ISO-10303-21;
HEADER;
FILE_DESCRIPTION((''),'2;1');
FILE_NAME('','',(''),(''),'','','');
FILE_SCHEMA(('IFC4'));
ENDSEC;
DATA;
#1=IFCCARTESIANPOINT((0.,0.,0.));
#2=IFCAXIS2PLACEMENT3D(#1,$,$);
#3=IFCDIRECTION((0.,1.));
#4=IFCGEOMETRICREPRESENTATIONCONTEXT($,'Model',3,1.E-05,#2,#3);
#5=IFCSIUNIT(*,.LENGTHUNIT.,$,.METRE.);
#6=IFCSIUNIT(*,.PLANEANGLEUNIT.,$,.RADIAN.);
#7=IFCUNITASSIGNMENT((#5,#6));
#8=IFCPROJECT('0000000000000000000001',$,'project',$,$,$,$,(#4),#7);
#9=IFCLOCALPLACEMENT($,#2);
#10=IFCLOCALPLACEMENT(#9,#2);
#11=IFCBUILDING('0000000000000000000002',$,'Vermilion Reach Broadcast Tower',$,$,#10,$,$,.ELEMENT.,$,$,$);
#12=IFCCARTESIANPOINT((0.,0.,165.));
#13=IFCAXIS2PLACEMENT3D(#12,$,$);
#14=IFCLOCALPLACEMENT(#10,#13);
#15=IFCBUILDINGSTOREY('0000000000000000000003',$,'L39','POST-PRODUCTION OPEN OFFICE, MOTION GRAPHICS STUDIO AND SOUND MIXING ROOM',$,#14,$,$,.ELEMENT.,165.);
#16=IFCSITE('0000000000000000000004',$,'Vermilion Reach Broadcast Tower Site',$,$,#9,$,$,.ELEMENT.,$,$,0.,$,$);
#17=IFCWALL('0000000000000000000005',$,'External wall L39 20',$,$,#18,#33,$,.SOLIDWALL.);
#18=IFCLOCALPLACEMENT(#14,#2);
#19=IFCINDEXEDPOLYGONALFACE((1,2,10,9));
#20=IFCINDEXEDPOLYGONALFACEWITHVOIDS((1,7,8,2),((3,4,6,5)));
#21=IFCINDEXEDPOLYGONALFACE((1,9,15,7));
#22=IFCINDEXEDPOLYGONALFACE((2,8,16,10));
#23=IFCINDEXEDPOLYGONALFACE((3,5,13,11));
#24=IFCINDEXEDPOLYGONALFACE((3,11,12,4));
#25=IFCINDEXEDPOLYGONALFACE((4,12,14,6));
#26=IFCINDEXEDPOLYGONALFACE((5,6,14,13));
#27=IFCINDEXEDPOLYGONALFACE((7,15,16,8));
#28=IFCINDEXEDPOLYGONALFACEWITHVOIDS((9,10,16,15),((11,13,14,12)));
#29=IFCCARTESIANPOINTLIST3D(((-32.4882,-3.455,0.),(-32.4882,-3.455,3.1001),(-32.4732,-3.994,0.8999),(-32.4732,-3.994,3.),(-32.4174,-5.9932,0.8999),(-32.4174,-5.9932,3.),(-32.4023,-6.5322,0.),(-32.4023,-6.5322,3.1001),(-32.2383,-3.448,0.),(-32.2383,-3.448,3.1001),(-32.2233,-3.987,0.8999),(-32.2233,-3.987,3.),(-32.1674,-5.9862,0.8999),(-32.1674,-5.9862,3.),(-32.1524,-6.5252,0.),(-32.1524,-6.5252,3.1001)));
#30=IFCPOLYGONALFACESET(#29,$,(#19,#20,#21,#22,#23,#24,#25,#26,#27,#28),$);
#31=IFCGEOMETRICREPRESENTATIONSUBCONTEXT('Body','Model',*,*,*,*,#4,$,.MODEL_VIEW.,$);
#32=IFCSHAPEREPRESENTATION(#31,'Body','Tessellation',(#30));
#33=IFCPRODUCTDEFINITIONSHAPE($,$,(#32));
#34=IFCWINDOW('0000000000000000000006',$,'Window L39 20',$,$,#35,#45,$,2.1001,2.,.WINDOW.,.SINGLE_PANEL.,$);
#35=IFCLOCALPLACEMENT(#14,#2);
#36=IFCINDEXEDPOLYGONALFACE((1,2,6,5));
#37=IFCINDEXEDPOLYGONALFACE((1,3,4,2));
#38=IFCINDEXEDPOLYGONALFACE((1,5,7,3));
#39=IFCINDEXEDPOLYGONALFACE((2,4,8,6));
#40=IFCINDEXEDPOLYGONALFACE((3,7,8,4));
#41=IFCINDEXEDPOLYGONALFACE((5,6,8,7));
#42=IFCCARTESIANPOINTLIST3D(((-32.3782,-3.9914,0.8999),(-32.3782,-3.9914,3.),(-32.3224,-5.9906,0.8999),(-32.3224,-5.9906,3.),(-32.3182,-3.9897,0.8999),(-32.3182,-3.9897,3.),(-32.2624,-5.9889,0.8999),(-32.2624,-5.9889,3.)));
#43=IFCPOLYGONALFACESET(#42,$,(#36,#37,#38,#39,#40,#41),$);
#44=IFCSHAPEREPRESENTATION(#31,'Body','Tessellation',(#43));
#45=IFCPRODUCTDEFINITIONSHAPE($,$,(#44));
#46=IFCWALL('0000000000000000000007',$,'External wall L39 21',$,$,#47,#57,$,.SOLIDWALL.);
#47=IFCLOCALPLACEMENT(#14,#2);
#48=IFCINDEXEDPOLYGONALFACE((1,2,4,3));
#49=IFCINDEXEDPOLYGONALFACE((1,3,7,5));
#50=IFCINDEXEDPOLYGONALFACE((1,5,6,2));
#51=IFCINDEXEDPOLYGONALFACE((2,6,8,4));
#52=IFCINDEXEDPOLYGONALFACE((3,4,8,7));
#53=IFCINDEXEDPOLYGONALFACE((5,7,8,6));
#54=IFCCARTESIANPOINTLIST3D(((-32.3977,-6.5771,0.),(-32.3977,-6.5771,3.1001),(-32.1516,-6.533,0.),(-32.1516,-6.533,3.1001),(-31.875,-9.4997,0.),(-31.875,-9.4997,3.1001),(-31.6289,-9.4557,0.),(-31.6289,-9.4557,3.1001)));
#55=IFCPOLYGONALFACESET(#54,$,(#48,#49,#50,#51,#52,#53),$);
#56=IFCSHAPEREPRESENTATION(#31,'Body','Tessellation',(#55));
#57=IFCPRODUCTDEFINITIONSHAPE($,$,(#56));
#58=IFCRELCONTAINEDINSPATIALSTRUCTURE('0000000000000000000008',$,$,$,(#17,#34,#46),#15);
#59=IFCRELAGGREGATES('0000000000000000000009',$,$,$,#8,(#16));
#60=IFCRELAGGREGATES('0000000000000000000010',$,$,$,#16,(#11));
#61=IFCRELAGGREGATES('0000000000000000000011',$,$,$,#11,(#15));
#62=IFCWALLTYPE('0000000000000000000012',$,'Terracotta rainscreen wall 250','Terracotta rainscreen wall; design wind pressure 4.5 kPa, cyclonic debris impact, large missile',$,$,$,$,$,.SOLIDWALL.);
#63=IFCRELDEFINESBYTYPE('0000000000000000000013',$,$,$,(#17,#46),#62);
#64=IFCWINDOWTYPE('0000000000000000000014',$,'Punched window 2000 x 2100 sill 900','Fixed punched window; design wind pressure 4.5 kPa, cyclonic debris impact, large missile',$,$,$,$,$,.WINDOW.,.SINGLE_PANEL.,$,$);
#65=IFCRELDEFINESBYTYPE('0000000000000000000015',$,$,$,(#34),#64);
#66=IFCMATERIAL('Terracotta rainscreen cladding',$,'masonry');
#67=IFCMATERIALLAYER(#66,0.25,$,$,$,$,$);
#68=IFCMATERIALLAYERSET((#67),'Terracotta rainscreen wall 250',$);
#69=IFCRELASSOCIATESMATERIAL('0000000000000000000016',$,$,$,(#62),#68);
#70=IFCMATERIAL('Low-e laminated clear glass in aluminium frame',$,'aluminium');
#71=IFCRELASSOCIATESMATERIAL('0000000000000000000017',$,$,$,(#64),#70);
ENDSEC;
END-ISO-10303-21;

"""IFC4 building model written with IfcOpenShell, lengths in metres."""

from ifc_helpers import new_model, si_unit, direction, frame, frame_2d, origin, place, context, subcontext, project, spatial, rectangle, extrude, material, layer, layer_set, type_object, element, fill, save


model = new_model("IFC4")

# Units and contexts
model_context = context("Model", 3, precision=1e-05, world=origin(), true_north=direction((0.0, 1.0)))
body_context = subcontext(model_context, "Body", "Model", "MODEL_VIEW")
ifc_project = project(units=[si_unit("LENGTHUNIT", "METRE"), si_unit("PLANEANGLEUNIT", "RADIAN")], contexts=[model_context])

# Site, building, storey
site_placement = place(None, origin())
site = spatial("IfcSite", under=ifc_project, at=site_placement, Name="Vermilion Reach Broadcast Tower Site", CompositionType="ELEMENT", RefElevation=0.0)
building_placement = place(site_placement, origin())
building = spatial("IfcBuilding", under=site, at=building_placement, Name="Vermilion Reach Broadcast Tower", CompositionType="ELEMENT")
storey_placement = place(building_placement, frame((0.0, 0.0, 165.0)))
storey = spatial("IfcBuildingStorey", under=building, at=storey_placement, Name="L39", Description="POST-PRODUCTION OPEN OFFICE, MOTION GRAPHICS STUDIO AND SOUND MIXING ROOM", CompositionType="ELEMENT", Elevation=165.0)

# Shared definitions
ifc_material_1 = material(Name="Terracotta rainscreen cladding", Category="masonry")
ifc_layer_1 = layer(ifc_material_1, 0.25)
ifc_layer_set_1 = layer_set([ifc_layer_1], Name="Terracotta rainscreen wall 250")
wall_type_1 = type_object("IfcWallType", Name="Terracotta rainscreen wall 250", Description="Terracotta rainscreen wall; design wind pressure 4.5 kPa, cyclonic debris impact, large missile", PredefinedType="SOLIDWALL", material=ifc_layer_set_1)

# Wall, opening, window
wall_1_placement = place(storey_placement, frame((-32.3633, -3.4517, 0.0), z_axis=(0.0, 0.0, 1.0), x_axis=(0.027917, -0.99961, 0.0)))
wall_1 = element("IfcWall", 1, at=wall_1_placement, inside=storey, type_object=wall_type_1, Name="External wall L39 20", PredefinedType="SOLIDWALL", context=body_context, shape_type="SweptSolid", body=[
    extrude(rectangle(XDim=3.0784, YDim=0.25, at=frame_2d((1.5391, 0.0))), origin(), (0.0, 0.0, 1.0), 3.1001),
])
opening_1_placement = place(wall_1_placement, frame((0.5391, 0.0, 0.8999)))
opening_1 = element("IfcOpeningElement", 2, at=opening_1_placement, cuts=wall_1, PredefinedType="OPENING", context=body_context, shape_type="SweptSolid", body=[
    extrude(rectangle(XDim=2.0, YDim=2.1001, at=frame_2d((1.0, 1.05))), frame((0.0, 0.135, 0.0), z_axis=(0.0, -1.0, 0.0), x_axis=(1.0, 0.0, 0.0)), (0.0, 0.0, 1.0), 0.27),
])
ifc_material_2 = material(Name="Low-e laminated clear glass in aluminium frame", Category="aluminium")
window_type = type_object("IfcWindowType", Name="Punched window 2000 x 2100 sill 900", Description="Fixed punched window; design wind pressure 4.5 kPa, cyclonic debris impact, large missile", PartitioningType="SINGLE_PANEL", PredefinedType="WINDOW", material=ifc_material_2)
window_placement = place(opening_1_placement, origin())
window = element("IfcWindow", 3, at=window_placement, inside=storey, type_object=window_type, Name="Window L39 20", OverallHeight=2.1001, OverallWidth=2.0, PartitioningType="SINGLE_PANEL", PredefinedType="WINDOW", context=body_context, shape_type="SweptSolid", body=[
    extrude(rectangle(XDim=2.0, YDim=2.1001, at=frame_2d((1.0, 1.05))), frame((0.0, 0.03, 0.0), z_axis=(0.0, -1.0, 0.0), x_axis=(1.0, 0.0, 0.0)), (0.0, 0.0, 1.0), 0.0601),
])
fill(opening_1, window)

# Wall
wall_2_placement = place(storey_placement, frame((-32.2747, -6.5552, 0.0), z_axis=(0.0, 0.0, 1.0), x_axis=(0.176055, -0.98438, 0.0)))
element("IfcWall", 4, at=wall_2_placement, inside=storey, type_object=wall_type_1, Name="External wall L39 21", PredefinedType="SOLIDWALL", context=body_context, shape_type="SweptSolid", body=[
    extrude(rectangle(XDim=2.969, YDim=0.25, at=frame_2d((1.4844, 0.0))), origin(), (0.0, 0.0, 1.0), 3.1001),
])

save(model, "model.ifc")
